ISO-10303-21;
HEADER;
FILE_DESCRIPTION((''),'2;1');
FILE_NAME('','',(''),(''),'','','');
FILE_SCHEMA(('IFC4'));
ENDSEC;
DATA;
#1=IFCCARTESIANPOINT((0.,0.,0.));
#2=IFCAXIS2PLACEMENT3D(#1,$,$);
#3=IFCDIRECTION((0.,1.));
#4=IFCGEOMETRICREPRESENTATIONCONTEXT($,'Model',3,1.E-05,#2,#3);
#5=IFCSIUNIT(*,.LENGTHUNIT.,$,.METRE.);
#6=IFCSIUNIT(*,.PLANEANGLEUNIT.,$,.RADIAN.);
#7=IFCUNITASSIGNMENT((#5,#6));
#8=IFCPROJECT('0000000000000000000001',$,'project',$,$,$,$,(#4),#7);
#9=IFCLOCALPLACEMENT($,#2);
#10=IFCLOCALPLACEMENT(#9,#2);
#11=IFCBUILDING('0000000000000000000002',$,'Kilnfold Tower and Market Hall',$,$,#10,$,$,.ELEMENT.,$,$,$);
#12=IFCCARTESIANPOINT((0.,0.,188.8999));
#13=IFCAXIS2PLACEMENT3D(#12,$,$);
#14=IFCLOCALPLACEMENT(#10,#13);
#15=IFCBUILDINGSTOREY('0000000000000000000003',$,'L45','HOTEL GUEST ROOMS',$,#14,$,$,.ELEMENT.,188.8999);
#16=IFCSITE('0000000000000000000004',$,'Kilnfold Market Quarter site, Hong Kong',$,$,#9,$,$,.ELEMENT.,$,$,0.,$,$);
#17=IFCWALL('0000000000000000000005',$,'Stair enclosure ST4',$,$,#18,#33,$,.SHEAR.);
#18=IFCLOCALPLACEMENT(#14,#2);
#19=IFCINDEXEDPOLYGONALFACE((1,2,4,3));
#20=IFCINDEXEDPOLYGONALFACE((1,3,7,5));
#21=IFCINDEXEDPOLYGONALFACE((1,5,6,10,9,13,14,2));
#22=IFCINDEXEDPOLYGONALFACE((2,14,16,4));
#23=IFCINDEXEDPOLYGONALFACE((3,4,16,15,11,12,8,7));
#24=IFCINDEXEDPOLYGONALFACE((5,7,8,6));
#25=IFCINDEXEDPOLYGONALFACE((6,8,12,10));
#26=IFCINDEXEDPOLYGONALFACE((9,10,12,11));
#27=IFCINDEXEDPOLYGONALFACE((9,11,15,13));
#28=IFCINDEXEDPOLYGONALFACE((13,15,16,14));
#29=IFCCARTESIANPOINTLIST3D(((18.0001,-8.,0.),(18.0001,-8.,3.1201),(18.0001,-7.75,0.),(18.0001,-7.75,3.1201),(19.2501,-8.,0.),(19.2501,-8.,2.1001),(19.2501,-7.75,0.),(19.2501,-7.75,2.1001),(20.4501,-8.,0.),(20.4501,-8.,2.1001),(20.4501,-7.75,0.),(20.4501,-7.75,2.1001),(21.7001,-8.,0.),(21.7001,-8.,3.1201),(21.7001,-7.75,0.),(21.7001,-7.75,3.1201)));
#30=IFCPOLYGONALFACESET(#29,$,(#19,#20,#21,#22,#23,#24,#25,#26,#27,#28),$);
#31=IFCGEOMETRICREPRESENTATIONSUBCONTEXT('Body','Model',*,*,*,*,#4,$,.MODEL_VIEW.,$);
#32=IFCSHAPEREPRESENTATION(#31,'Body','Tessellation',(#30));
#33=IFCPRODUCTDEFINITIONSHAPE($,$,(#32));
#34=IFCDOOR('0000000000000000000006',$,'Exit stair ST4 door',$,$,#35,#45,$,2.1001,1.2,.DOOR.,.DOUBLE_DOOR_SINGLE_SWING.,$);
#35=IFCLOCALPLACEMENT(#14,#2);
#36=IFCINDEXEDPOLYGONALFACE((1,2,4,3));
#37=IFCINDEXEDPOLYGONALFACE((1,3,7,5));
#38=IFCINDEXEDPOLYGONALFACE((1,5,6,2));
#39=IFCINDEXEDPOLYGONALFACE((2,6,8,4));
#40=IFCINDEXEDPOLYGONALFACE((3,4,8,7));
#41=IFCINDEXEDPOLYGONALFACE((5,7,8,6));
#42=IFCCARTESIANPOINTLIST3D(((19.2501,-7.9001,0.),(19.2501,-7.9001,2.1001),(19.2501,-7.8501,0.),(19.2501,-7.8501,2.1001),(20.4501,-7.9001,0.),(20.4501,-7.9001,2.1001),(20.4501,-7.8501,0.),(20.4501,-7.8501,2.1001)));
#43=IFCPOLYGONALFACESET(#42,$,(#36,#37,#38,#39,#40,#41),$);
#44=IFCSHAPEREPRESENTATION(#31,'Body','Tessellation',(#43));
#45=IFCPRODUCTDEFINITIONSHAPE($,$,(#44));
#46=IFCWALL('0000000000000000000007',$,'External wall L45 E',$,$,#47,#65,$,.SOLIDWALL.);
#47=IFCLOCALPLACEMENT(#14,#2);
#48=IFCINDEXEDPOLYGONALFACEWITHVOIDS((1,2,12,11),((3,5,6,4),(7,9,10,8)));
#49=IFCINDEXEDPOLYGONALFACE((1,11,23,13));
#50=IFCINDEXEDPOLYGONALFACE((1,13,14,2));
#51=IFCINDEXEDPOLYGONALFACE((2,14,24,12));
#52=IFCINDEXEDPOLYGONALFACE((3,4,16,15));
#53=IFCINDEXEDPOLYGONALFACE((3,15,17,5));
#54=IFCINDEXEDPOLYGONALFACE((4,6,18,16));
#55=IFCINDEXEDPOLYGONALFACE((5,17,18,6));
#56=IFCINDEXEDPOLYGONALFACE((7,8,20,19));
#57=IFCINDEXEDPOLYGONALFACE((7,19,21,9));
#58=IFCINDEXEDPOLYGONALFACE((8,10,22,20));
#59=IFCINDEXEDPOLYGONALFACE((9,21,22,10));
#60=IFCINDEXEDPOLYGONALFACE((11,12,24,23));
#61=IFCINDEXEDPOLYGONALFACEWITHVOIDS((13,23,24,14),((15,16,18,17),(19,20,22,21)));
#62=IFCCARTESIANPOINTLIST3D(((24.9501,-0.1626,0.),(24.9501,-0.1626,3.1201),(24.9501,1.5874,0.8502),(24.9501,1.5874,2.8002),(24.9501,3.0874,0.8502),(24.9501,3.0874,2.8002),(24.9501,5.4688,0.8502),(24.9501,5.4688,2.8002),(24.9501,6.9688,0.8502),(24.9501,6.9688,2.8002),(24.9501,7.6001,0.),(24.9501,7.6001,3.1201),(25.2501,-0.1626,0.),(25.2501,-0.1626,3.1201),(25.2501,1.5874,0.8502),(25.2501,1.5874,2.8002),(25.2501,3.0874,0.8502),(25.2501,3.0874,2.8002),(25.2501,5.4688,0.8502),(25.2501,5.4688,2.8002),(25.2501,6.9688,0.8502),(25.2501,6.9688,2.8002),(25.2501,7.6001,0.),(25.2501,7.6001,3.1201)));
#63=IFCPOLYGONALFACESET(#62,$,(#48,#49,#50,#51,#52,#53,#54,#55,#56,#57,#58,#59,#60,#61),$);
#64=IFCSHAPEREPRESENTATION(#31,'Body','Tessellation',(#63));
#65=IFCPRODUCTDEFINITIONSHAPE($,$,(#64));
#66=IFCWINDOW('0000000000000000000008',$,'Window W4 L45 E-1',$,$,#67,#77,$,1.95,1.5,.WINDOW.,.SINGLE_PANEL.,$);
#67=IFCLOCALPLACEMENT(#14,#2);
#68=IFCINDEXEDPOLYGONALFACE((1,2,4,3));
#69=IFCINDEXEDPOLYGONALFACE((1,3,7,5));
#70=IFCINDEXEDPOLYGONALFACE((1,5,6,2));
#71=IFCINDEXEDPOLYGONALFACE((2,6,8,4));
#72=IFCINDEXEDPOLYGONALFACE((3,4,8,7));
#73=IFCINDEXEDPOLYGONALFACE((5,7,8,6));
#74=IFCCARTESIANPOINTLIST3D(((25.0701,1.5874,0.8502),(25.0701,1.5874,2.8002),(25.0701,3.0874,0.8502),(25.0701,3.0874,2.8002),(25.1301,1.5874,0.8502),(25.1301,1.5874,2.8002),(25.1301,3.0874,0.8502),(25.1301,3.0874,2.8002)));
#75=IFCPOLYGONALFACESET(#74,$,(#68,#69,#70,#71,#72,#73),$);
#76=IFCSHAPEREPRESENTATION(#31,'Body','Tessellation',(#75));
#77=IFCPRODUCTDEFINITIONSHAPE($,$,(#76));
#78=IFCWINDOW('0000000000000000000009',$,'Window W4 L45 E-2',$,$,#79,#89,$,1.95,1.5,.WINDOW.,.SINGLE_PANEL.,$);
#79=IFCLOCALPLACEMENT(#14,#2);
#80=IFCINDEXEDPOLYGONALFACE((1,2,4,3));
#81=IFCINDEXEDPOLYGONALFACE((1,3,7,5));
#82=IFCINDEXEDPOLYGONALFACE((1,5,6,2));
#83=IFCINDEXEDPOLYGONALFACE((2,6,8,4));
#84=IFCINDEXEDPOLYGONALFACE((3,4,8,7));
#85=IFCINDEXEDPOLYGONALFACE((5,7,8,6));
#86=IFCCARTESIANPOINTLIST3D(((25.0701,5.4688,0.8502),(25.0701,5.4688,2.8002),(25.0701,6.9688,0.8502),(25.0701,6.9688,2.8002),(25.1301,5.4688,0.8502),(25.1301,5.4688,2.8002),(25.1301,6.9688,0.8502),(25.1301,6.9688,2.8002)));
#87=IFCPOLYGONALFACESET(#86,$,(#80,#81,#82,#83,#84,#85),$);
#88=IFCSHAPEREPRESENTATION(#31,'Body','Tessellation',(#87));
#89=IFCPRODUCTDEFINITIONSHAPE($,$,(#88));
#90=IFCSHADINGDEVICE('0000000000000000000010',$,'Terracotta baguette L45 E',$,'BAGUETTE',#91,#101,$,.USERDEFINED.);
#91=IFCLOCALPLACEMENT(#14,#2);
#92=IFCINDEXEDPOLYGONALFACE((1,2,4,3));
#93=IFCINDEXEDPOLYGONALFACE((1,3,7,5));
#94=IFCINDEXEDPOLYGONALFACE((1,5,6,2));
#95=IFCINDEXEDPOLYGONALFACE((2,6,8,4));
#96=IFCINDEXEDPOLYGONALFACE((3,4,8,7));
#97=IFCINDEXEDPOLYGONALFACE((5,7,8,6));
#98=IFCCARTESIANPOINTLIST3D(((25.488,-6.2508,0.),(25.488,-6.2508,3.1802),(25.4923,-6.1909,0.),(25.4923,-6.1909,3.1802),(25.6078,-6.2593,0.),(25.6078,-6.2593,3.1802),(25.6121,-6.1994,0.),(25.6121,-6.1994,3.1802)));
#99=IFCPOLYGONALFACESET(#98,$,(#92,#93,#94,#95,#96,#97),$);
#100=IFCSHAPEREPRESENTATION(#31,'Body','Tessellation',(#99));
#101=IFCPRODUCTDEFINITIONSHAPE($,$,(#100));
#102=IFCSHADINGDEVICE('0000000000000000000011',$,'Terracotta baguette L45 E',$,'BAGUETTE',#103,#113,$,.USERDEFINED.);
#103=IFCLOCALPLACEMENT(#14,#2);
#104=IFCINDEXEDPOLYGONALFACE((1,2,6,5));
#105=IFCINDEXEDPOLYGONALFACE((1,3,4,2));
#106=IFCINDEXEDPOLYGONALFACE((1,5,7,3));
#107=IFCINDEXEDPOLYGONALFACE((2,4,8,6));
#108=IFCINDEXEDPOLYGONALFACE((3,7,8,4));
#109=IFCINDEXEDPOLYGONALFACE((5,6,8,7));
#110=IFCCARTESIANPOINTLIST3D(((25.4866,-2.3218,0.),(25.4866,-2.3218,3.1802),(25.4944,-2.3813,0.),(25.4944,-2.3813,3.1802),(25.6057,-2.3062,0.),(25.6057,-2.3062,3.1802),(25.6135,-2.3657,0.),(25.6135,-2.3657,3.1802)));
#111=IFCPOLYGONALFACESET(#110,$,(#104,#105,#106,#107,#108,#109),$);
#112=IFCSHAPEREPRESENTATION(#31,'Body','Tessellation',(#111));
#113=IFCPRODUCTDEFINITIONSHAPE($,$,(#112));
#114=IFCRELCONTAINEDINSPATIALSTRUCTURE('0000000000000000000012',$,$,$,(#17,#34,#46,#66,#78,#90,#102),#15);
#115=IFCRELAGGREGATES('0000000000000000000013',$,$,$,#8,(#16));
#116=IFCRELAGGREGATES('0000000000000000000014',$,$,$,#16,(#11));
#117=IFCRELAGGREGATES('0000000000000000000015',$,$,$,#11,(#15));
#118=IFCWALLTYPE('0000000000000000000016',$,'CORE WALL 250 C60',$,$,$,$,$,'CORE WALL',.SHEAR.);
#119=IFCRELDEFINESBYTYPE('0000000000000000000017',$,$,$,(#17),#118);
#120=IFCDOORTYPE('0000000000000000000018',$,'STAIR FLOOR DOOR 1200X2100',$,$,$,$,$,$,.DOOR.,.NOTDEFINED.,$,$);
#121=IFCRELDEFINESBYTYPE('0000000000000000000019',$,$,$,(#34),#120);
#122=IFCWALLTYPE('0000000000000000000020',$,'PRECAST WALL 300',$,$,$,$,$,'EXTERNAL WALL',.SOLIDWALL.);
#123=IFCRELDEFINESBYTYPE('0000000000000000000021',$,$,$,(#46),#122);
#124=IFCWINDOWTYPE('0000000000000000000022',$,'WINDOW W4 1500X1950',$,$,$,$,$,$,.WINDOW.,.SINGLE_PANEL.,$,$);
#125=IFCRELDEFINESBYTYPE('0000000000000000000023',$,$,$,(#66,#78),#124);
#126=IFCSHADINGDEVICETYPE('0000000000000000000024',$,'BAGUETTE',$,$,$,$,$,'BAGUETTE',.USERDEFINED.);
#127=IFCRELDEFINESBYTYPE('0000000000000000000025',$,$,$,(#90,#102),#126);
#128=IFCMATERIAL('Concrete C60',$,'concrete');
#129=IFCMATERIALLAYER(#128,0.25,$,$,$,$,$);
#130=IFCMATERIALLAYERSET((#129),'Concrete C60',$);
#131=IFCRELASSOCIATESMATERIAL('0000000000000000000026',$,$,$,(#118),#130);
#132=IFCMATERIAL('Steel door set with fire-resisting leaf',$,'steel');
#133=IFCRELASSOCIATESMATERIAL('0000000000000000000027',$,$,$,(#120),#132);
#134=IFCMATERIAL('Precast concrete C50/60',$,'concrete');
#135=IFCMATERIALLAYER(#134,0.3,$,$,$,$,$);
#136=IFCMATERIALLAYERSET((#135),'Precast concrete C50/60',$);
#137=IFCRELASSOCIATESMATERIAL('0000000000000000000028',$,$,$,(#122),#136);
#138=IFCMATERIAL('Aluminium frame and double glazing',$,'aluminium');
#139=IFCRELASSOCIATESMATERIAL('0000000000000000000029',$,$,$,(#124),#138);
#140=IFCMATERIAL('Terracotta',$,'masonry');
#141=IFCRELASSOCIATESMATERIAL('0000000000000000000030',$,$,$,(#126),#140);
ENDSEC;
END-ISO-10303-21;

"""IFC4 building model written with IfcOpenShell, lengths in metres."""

from ifc_helpers import new_model, si_unit, direction, frame, frame_2d, origin, origin_2d, place, context, subcontext, project, spatial, rectangle, extrude, source, transform, mapped, material, layer, layer_set, material_profile, profile_set, type_object, element, fill, save


model = new_model("IFC4")

# Units and contexts
model_context = context("Model", 3, precision=1e-05, world=origin(), true_north=direction((0.0, 1.0)))
body_context = subcontext(model_context, "Body", "Model", "MODEL_VIEW")
ifc_project = project(units=[si_unit("LENGTHUNIT", "METRE"), si_unit("PLANEANGLEUNIT", "RADIAN")], contexts=[model_context])

# Site, building, storey
site_placement = place(None, origin())
site = spatial("IfcSite", under=ifc_project, at=site_placement, Name="Kilnfold Market Quarter site, Hong Kong", CompositionType="ELEMENT", RefElevation=0.0)
building_placement = place(site_placement, origin())
building = spatial("IfcBuilding", under=site, at=building_placement, Name="Kilnfold Tower and Market Hall", CompositionType="ELEMENT")
storey_placement = place(building_placement, frame((0.0, 0.0, 188.8999)))
storey = spatial("IfcBuildingStorey", under=building, at=storey_placement, Name="L45", Description="HOTEL GUEST ROOMS", CompositionType="ELEMENT", Elevation=188.8999)

# Wall, opening, door
ifc_material_1 = material(Name="Concrete C60", Category="concrete")
ifc_layer_1 = layer(ifc_material_1, 0.25)
ifc_layer_set_1 = layer_set([ifc_layer_1], Name="Concrete C60")
wall_type_1 = type_object("IfcWallType", Name="CORE WALL 250 C60", ElementType="CORE WALL", PredefinedType="SHEAR", material=ifc_layer_set_1)
shared_shape_1 = source(origin(), body_context, "Body", "SweptSolid", [
    extrude(rectangle(XDim=3.7, YDim=0.25, at=frame_2d((1.8501, 0.0))), origin(), (0.0, 0.0, 1.0), 3.1201),
])
wall_1_placement = place(storey_placement, frame((18.0, -7.875, 0.0), z_axis=(0.0, 0.0, 1.0), x_axis=(1.0, 0.0, 0.0)))
wall_1 = element("IfcWall", 1, at=wall_1_placement, inside=storey, type_object=wall_type_1, Name="Stair enclosure ST4", PredefinedType="SHEAR", context=body_context, shape_type="MappedRepresentation", body=[
    mapped(shared_shape_1, transform((0.0, 0.0, 0.0))),
])
opening_1_placement = place(wall_1_placement, frame((1.25, 0.0, 0.0)))
opening_1 = element("IfcOpeningElement", 2, at=opening_1_placement, cuts=wall_1, PredefinedType="OPENING", context=body_context, shape_type="SweptSolid", body=[
    extrude(rectangle(XDim=1.2, YDim=2.1001, at=frame_2d((0.6001, 1.05))), frame((0.0, 0.135, 0.0), z_axis=(0.0, -1.0, 0.0), x_axis=(1.0, 0.0, 0.0)), (0.0, 0.0, 1.0), 0.27),
])
ifc_material_2 = material(Name="Steel door set with fire-resisting leaf", Category="steel")
door_type_1 = type_object("IfcDoorType", Name="STAIR FLOOR DOOR 1200X2100", OperationType="NOTDEFINED", PredefinedType="DOOR", material=ifc_material_2)
door_1_placement = place(opening_1_placement, origin())
door_1 = element("IfcDoor", 3, at=door_1_placement, inside=storey, type_object=door_type_1, Name="Exit stair ST4 door", OperationType="DOUBLE_DOOR_SINGLE_SWING", OverallHeight=2.1001, OverallWidth=1.2, PredefinedType="DOOR", context=body_context, shape_type="SweptSolid", body=[
    extrude(rectangle(XDim=1.2, YDim=2.1001, at=frame_2d((0.6001, 1.05))), frame((0.0, 0.0249, 0.0), z_axis=(0.0, -1.0, 0.0), x_axis=(1.0, 0.0, 0.0)), (0.0, 0.0, 1.0), 0.05),
])
fill(opening_1, door_1)

# Wall, openings, windows
ifc_material_3 = material(Name="Precast concrete C50/60", Category="concrete")
ifc_layer_2 = layer(ifc_material_3, 0.3)
ifc_layer_set_2 = layer_set([ifc_layer_2], Name="Precast concrete C50/60")
wall_type_2 = type_object("IfcWallType", Name="PRECAST WALL 300", ElementType="EXTERNAL WALL", PredefinedType="SOLIDWALL", material=ifc_layer_set_2)
shared_shape_2 = source(origin(), body_context, "Body", "SweptSolid", [
    extrude(rectangle(XDim=7.7627, YDim=0.3, at=frame_2d((3.8813, 0.0))), origin(), (0.0, 0.0, 1.0), 3.1201),
])
wall_2_placement = place(storey_placement, frame((25.1001, -0.1626, 0.0), z_axis=(0.0, 0.0, 1.0), x_axis=(0.0, 1.0, 0.0)))
wall_2 = element("IfcWall", 4, at=wall_2_placement, inside=storey, type_object=wall_type_2, Name="External wall L45 E", PredefinedType="SOLIDWALL", context=body_context, shape_type="MappedRepresentation", body=[
    mapped(shared_shape_2, transform((0.0, 0.0, 0.0))),
])
opening_2_placement = place(wall_2_placement, frame((1.75, 0.0, 0.8501)))
opening_2 = element("IfcOpeningElement", 5, at=opening_2_placement, cuts=wall_2, PredefinedType="OPENING", context=body_context, shape_type="SweptSolid", body=[
    extrude(rectangle(XDim=1.5, YDim=1.95, at=frame_2d((0.75, 0.9751))), frame((0.0, 0.1602, 0.0), z_axis=(0.0, -1.0, 0.0), x_axis=(1.0, 0.0, 0.0)), (0.0, 0.0, 1.0), 0.3201),
])
opening_3_placement = place(wall_2_placement, frame((5.6313, 0.0, 0.8501)))
opening_3 = element("IfcOpeningElement", 6, at=opening_3_placement, cuts=wall_2, PredefinedType="OPENING", context=body_context, shape_type="SweptSolid", body=[
    extrude(rectangle(XDim=1.5, YDim=1.95, at=frame_2d((0.75, 0.9751))), frame((0.0, 0.1602, 0.0), z_axis=(0.0, -1.0, 0.0), x_axis=(1.0, 0.0, 0.0)), (0.0, 0.0, 1.0), 0.3201),
])
ifc_material_4 = material(Name="Aluminium frame and double glazing", Category="aluminium")
window_type = type_object("IfcWindowType", Name="WINDOW W4 1500X1950", PartitioningType="SINGLE_PANEL", PredefinedType="WINDOW", material=ifc_material_4)
window_1_placement = place(opening_2_placement, origin())
window_1 = element("IfcWindow", 7, at=window_1_placement, inside=storey, type_object=window_type, Name="Window W4 L45 E-1", OverallHeight=1.95, OverallWidth=1.5, PartitioningType="SINGLE_PANEL", PredefinedType="WINDOW", context=body_context, shape_type="SweptSolid", body=[
    extrude(rectangle(XDim=1.5, YDim=1.95, at=frame_2d((0.75, 0.9751))), frame((0.0, 0.03, 0.0), z_axis=(0.0, -1.0, 0.0), x_axis=(1.0, 0.0, 0.0)), (0.0, 0.0, 1.0), 0.0601),
])
fill(opening_2, window_1)
window_2_placement = place(opening_3_placement, origin())
window_2 = element("IfcWindow", 8, at=window_2_placement, inside=storey, type_object=window_type, Name="Window W4 L45 E-2", OverallHeight=1.95, OverallWidth=1.5, PartitioningType="SINGLE_PANEL", PredefinedType="WINDOW", context=body_context, shape_type="SweptSolid", body=[
    extrude(rectangle(XDim=1.5, YDim=1.95, at=frame_2d((0.75, 0.9751))), frame((0.0, 0.03, 0.0), z_axis=(0.0, -1.0, 0.0), x_axis=(1.0, 0.0, 0.0)), (0.0, 0.0, 1.0), 0.0601),
])
fill(opening_3, window_2)

# Shading devices
ifc_material_5 = material(Name="Terracotta", Category="masonry")
ifc_material_profile_1 = material_profile(ifc_material_5, rectangle(XDim=0.0601, YDim=0.1201, at=origin_2d()), Name="BAG 60x120")
ifc_profile_set_1 = profile_set([ifc_material_profile_1], Name="Terracotta")
shading_device_type = type_object("IfcShadingDeviceType", Name="BAGUETTE", ElementType="BAGUETTE", PredefinedType="USERDEFINED", material=ifc_profile_set_1)
shared_shape_3 = source(origin(), body_context, "Body", "SweptSolid", [
    extrude(rectangle(XDim=0.0601, YDim=0.1201, at=origin_2d()), origin(), (0.0, 0.0, 1.0), 3.1802),
])
for number, where, z_axis, x_axis, name in (
    (9, (25.55, -6.2251, 0.0), (0.0, 0.0, 1.0), (0.071083, 0.99747, 0.0), "Terracotta baguette L45 E"),
    (10, (25.55, -2.3438, 0.0), (0.0, 0.0, 1.0), (-0.13013, 0.991497, 0.0), "Terracotta baguette L45 E"),
):
    element("IfcShadingDevice", number, at=place(storey_placement, frame(where, z_axis=z_axis, x_axis=x_axis)), inside=storey, type_object=shading_device_type, Name=name, ObjectType="BAGUETTE", PredefinedType="USERDEFINED", context=body_context, shape_type="MappedRepresentation", body=[
        mapped(shared_shape_3, transform((0.0, 0.0, 0.0))),
    ])

save(model, "model.ifc")
